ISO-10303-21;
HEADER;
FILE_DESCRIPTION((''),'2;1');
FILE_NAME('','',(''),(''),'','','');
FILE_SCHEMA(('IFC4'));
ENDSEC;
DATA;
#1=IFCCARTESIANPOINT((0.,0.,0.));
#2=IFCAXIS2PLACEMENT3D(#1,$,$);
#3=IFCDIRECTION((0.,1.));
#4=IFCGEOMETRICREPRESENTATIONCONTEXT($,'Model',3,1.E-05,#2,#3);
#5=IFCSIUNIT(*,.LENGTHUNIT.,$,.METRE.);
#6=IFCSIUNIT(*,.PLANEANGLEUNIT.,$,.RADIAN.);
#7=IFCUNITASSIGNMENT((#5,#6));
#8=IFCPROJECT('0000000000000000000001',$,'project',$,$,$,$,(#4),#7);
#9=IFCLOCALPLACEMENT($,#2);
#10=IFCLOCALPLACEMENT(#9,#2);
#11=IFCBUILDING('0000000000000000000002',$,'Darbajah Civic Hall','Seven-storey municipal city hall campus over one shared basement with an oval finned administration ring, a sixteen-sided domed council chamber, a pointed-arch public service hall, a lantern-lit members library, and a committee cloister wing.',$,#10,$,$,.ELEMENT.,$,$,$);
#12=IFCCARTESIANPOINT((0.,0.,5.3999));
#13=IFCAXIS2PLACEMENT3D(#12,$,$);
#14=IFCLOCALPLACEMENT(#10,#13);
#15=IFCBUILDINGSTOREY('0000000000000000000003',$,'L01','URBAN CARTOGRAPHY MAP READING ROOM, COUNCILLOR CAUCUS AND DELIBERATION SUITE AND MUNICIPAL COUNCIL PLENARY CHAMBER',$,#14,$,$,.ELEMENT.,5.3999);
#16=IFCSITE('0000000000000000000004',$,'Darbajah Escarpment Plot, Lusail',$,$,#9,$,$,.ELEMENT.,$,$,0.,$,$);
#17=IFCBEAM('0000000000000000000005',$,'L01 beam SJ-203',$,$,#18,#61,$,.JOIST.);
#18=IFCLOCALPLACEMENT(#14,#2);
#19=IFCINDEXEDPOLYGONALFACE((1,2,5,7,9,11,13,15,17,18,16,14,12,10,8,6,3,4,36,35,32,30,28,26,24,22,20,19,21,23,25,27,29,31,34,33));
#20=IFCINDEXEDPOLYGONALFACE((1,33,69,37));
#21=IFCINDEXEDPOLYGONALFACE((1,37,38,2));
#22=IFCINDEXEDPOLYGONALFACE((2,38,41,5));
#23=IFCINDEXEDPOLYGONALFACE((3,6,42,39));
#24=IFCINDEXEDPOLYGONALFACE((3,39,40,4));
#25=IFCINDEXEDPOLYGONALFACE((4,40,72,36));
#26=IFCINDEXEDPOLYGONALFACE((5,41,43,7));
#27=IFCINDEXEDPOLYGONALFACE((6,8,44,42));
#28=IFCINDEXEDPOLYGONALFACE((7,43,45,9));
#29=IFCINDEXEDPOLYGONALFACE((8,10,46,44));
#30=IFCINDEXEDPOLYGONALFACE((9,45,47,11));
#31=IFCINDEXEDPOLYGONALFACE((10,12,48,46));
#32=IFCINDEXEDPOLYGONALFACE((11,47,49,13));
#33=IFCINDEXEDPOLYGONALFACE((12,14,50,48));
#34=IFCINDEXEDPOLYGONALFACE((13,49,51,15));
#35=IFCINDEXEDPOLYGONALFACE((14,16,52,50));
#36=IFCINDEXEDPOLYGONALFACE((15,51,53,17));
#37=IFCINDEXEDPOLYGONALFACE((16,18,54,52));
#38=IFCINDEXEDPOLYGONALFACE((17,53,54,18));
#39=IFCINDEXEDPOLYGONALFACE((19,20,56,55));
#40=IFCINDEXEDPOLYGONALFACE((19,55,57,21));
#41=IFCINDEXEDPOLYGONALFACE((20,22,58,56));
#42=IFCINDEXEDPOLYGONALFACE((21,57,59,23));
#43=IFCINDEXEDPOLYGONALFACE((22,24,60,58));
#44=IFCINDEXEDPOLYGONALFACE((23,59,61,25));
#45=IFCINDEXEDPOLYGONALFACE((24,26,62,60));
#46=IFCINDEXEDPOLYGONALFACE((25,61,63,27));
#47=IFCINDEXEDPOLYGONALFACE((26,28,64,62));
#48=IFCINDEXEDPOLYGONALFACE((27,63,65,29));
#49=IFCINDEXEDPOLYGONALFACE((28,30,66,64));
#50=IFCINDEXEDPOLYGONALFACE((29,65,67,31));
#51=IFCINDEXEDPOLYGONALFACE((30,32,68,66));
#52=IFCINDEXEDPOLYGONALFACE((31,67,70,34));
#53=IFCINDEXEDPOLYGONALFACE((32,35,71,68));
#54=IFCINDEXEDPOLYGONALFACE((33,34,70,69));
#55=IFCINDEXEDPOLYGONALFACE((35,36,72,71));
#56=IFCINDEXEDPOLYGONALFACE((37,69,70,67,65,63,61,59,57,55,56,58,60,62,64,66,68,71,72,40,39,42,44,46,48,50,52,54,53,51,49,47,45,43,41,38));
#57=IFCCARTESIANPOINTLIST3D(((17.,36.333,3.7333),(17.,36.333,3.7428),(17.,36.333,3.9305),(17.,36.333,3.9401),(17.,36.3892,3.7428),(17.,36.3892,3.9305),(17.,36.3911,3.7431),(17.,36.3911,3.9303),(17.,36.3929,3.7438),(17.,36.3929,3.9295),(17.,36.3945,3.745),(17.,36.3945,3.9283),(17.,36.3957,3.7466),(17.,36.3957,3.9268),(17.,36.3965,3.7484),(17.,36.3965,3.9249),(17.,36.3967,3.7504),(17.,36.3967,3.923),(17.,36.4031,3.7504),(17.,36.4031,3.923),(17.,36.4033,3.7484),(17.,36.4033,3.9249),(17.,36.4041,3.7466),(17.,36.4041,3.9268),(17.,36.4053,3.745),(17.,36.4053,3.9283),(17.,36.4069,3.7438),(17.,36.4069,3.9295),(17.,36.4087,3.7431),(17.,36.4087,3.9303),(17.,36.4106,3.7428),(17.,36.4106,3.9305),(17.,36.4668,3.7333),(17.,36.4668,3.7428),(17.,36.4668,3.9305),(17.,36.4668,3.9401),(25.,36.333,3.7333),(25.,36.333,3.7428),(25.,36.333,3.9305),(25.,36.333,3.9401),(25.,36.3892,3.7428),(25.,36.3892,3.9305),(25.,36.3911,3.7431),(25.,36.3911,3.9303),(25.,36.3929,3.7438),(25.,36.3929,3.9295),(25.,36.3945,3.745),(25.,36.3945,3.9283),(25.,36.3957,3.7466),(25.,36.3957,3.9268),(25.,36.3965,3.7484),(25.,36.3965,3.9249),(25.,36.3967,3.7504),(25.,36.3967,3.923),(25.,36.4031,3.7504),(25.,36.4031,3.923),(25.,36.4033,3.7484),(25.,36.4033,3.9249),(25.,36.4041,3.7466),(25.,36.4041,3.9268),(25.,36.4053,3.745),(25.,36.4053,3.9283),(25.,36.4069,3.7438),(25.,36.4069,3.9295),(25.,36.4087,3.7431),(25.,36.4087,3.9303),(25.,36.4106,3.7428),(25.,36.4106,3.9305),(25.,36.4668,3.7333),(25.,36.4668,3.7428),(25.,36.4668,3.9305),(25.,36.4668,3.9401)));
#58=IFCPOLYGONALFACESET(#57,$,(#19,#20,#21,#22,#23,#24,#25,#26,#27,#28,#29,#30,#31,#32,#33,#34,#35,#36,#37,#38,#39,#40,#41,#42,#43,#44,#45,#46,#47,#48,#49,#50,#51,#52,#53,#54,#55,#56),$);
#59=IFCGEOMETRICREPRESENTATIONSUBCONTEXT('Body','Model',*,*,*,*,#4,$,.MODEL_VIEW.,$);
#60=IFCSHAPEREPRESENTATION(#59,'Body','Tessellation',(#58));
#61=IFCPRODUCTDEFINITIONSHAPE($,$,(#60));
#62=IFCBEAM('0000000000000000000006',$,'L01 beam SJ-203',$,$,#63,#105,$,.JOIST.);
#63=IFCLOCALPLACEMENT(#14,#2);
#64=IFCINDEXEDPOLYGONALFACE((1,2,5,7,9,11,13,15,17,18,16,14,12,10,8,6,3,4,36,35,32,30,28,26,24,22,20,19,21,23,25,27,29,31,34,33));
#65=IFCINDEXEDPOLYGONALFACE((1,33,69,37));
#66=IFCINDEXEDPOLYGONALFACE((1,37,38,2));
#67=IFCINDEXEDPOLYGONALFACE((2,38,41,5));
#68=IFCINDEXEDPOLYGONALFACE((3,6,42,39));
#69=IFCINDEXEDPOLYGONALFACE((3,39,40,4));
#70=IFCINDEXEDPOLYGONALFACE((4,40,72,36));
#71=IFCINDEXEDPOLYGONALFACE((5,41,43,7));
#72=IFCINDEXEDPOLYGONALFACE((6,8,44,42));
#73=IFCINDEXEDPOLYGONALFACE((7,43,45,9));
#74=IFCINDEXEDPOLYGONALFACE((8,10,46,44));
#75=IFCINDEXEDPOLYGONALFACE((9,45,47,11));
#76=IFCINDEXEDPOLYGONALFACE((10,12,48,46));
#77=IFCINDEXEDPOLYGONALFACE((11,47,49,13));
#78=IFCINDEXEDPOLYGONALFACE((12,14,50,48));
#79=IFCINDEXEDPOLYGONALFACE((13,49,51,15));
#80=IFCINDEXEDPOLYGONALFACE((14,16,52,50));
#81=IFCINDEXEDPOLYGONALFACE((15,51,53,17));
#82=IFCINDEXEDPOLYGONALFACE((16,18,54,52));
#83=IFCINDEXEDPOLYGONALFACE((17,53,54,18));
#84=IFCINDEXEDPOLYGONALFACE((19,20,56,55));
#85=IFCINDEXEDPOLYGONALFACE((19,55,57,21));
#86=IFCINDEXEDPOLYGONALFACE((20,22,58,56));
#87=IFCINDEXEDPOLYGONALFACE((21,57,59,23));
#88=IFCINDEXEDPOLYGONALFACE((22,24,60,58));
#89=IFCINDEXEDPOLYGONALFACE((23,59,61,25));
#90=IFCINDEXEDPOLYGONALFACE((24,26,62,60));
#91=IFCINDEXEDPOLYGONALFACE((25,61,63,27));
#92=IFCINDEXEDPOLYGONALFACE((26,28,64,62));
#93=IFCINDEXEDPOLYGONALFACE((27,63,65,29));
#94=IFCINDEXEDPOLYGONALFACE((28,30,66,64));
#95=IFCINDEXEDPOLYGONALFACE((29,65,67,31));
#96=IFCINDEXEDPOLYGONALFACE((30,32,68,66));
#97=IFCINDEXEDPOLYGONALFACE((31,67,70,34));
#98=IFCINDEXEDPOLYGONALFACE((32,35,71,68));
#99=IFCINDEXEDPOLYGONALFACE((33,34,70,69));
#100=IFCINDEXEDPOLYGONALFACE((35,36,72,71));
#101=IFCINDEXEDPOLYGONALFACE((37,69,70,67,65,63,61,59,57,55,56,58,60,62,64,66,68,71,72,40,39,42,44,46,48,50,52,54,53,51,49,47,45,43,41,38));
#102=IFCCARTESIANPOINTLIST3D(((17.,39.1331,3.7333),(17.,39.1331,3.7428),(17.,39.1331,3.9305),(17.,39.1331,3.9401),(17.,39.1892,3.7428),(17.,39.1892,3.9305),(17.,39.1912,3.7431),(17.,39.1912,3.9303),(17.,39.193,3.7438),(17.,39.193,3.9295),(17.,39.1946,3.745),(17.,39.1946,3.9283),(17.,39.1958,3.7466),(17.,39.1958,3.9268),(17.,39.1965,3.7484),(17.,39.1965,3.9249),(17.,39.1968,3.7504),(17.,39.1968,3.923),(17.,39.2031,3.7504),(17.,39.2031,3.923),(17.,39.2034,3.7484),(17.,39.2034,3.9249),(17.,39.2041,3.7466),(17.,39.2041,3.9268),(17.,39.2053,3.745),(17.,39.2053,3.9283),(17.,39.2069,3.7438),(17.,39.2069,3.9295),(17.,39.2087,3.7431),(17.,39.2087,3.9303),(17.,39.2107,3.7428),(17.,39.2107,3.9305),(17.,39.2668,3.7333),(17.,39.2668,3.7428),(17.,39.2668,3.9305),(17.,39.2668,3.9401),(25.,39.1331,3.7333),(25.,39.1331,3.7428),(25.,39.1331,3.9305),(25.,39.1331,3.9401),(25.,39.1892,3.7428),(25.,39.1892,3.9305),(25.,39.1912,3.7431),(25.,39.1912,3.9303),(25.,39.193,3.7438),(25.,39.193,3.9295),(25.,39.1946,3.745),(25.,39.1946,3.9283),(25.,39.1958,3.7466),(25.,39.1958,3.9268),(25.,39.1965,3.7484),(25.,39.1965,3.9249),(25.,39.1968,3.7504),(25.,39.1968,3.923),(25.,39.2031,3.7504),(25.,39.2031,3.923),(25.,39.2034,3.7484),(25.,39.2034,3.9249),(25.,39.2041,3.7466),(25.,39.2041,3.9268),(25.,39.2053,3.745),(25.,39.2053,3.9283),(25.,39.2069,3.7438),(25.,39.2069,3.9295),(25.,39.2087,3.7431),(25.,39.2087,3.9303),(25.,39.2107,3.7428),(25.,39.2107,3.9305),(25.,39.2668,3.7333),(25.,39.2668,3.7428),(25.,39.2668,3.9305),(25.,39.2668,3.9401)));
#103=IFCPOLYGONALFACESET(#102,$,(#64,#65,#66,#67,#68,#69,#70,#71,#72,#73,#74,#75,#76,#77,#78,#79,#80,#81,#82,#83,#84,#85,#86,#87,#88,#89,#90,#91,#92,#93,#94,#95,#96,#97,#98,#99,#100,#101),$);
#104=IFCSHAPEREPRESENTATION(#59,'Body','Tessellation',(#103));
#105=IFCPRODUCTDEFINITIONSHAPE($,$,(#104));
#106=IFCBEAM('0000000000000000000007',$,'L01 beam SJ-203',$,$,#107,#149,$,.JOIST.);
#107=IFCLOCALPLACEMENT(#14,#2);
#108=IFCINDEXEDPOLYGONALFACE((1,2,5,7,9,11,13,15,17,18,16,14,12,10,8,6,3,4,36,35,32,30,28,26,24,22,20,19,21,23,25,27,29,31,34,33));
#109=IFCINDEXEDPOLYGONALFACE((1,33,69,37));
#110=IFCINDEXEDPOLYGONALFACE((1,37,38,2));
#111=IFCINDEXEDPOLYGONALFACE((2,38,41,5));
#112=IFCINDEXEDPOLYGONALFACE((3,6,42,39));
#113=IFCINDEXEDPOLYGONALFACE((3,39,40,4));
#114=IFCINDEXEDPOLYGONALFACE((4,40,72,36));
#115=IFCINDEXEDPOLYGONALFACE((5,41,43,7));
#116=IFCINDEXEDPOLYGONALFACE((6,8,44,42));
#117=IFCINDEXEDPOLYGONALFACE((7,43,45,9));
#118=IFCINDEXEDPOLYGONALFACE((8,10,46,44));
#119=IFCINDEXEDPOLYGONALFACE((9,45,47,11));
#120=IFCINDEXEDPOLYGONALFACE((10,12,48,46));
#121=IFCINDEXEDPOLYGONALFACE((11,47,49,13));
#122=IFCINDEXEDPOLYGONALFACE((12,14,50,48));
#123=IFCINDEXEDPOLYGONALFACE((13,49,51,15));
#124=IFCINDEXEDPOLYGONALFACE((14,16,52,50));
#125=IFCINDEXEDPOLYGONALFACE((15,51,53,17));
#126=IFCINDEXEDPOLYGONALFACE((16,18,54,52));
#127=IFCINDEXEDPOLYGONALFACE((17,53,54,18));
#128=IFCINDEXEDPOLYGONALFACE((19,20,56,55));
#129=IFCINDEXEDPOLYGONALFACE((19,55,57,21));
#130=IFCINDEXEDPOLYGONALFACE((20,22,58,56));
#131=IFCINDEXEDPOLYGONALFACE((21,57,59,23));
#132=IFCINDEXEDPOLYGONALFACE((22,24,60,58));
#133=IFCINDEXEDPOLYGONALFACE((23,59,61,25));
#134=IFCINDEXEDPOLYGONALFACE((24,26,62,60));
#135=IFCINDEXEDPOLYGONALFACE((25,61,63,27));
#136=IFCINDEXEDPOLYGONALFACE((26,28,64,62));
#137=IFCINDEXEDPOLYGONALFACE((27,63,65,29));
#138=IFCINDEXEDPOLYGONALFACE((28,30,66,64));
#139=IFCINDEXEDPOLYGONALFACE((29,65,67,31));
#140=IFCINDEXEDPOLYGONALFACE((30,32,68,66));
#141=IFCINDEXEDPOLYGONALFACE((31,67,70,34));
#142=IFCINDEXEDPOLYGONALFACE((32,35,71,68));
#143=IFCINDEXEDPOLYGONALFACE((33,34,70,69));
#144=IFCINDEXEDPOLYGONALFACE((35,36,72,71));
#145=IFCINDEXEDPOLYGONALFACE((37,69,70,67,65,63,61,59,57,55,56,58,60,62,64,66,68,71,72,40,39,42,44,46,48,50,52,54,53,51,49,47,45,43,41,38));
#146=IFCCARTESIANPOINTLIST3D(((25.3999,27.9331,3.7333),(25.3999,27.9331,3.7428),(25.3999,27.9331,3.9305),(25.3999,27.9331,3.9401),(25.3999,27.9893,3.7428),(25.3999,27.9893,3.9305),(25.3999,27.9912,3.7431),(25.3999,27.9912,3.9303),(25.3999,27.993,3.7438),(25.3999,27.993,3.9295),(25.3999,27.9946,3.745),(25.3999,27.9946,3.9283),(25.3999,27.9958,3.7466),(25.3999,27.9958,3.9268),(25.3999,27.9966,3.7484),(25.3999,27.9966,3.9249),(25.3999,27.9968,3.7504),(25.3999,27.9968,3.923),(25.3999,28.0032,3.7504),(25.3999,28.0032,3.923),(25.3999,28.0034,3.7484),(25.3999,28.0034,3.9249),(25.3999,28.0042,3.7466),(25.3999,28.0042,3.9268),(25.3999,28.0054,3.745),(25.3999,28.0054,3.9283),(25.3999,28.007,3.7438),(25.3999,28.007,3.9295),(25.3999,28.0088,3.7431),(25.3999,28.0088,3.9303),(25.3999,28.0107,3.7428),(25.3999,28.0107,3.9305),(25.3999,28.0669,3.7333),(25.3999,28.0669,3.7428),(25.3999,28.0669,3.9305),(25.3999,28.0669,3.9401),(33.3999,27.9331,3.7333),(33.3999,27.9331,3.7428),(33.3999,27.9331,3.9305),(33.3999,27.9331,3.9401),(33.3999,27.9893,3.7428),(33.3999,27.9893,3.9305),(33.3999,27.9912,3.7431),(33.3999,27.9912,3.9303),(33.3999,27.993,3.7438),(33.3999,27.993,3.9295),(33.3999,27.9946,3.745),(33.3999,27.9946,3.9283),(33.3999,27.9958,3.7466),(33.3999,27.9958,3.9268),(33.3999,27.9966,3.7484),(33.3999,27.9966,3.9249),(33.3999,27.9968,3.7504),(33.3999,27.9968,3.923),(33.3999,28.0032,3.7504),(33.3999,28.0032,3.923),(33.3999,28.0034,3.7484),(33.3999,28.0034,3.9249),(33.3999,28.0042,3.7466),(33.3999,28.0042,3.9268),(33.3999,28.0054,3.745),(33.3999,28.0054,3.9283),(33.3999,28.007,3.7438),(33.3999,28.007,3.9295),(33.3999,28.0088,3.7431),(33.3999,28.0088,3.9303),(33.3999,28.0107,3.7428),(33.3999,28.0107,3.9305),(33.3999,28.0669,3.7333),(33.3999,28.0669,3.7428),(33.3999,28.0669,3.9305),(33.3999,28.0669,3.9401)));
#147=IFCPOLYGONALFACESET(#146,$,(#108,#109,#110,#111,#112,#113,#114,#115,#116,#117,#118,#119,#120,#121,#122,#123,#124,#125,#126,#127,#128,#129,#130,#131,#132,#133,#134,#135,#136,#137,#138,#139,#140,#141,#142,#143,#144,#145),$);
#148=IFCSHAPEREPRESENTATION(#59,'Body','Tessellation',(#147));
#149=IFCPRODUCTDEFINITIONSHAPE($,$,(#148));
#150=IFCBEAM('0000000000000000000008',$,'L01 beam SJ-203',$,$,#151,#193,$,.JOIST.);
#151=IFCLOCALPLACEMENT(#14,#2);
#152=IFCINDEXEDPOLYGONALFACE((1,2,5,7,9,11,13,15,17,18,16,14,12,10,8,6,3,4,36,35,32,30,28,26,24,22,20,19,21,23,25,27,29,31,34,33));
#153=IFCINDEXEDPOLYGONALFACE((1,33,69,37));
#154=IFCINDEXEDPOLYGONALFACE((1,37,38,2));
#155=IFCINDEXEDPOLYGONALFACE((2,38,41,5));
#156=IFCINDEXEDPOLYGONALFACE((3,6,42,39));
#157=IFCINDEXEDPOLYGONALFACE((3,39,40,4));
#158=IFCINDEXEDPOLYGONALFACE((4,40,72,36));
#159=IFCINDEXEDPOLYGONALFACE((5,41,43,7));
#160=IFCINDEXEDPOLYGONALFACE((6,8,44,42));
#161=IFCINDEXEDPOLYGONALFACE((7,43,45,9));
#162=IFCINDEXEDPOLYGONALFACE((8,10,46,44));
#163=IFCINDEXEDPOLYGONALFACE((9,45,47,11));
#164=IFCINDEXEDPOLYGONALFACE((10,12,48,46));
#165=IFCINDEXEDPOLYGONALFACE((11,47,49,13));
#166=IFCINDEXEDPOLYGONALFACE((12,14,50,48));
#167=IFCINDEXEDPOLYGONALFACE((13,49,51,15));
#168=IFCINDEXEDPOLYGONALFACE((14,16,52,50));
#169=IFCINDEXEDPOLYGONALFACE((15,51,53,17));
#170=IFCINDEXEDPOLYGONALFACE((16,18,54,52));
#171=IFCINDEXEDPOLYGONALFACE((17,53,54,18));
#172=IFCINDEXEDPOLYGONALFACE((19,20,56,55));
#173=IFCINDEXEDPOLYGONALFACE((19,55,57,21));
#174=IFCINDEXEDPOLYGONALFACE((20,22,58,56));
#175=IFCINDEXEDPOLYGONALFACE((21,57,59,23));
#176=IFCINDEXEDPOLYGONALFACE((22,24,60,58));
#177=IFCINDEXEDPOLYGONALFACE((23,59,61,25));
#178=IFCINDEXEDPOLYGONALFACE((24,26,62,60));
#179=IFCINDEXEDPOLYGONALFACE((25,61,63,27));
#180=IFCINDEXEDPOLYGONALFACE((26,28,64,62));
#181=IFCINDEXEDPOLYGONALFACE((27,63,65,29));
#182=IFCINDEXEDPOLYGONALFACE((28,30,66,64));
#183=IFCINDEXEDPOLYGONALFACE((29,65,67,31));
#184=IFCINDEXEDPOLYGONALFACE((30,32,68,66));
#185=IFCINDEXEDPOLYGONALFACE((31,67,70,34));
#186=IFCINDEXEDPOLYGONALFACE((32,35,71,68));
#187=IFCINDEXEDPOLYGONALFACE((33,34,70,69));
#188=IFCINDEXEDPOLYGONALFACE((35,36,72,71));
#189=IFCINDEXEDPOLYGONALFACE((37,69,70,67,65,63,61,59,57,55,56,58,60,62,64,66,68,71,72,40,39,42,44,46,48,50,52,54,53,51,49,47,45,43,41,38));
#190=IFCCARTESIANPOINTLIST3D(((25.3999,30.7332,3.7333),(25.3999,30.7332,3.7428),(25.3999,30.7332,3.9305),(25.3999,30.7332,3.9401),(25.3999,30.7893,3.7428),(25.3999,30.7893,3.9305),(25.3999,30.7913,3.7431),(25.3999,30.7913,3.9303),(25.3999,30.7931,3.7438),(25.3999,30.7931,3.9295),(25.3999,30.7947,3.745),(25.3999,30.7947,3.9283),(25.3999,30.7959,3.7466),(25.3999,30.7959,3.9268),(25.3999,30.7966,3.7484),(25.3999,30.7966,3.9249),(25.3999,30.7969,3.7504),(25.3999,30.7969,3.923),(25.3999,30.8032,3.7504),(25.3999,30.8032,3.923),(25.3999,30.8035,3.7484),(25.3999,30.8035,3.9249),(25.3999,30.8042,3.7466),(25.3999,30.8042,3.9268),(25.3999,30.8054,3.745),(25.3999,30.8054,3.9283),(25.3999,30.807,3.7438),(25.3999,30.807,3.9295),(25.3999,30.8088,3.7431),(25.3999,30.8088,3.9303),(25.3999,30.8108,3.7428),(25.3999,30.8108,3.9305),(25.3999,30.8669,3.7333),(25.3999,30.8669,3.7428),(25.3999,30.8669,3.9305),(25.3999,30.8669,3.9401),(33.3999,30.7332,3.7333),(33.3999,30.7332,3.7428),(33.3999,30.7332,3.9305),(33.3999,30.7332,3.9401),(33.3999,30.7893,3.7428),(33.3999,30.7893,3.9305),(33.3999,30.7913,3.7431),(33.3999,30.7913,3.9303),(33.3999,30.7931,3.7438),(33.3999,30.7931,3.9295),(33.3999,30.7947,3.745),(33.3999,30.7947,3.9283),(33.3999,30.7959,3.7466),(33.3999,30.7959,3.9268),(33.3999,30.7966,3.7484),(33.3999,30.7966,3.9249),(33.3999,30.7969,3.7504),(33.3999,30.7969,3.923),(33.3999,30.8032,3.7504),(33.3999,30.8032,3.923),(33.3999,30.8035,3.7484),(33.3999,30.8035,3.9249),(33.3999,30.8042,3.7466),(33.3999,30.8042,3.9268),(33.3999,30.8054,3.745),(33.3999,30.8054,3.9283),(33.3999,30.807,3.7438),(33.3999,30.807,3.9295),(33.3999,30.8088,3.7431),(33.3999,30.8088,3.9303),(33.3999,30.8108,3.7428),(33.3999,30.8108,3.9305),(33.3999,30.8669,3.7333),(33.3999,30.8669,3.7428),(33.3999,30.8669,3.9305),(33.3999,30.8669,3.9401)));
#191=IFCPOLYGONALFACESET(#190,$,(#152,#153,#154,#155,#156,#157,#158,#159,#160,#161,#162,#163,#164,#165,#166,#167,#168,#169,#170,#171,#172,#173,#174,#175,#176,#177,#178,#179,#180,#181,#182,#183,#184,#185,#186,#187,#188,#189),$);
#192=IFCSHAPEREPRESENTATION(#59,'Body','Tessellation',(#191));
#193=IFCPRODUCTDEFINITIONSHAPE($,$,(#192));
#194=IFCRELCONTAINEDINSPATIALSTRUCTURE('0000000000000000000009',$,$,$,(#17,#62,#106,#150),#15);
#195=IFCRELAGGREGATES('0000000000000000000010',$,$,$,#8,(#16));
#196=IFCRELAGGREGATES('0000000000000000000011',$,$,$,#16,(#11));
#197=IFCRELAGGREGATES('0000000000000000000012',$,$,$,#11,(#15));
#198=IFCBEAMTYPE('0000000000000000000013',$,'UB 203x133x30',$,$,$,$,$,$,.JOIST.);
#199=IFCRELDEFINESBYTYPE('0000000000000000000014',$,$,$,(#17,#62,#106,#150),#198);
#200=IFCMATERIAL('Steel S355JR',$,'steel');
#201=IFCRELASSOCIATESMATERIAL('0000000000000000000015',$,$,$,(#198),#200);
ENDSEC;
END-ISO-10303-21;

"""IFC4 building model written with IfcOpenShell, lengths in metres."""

from ifc_helpers import new_model, si_unit, direction, frame, origin, origin_2d, place, context, subcontext, project, spatial, i_section, extrude, material, material_profile, profile_set, type_object, element, save


model = new_model("IFC4")

# Units and contexts
model_context = context("Model", 3, precision=1e-05, world=origin(), true_north=direction((0.0, 1.0)))
body_context = subcontext(model_context, "Body", "Model", "MODEL_VIEW")
ifc_project = project(units=[si_unit("LENGTHUNIT", "METRE"), si_unit("PLANEANGLEUNIT", "RADIAN")], contexts=[model_context])

# Site, building, storey
site_placement = place(None, origin())
site = spatial("IfcSite", under=ifc_project, at=site_placement, Name="Darbajah Escarpment Plot, Lusail", CompositionType="ELEMENT", RefElevation=0.0)
building_placement = place(site_placement, origin())
building = spatial("IfcBuilding", under=site, at=building_placement, Name="Darbajah Civic Hall", Description="Seven-storey municipal city hall campus over one shared basement with an oval finned administration ring, a sixteen-sided domed council chamber, a pointed-arch public service hall, a lantern-lit members library, and a committee cloister wing.", CompositionType="ELEMENT")
storey_placement = place(building_placement, frame((0.0, 0.0, 5.3999)))
storey = spatial("IfcBuildingStorey", under=building, at=storey_placement, Name="L01", Description="URBAN CARTOGRAPHY MAP READING ROOM, COUNCILLOR CAUCUS AND DELIBERATION SUITE AND MUNICIPAL COUNCIL PLENARY CHAMBER", CompositionType="ELEMENT", Elevation=5.3999)

# Beams
ifc_material_1 = material(Name="Steel S355JR", Category="steel")
ifc_material_profile_1 = material_profile(ifc_material_1, i_section(OverallWidth=0.1338, OverallDepth=0.2068, WebThickness=0.0063, FlangeThickness=0.0095, FilletRadius=0.0076, at=origin_2d()), Name="UB 203x133x30")
ifc_profile_set_1 = profile_set([ifc_material_profile_1], Name="Steel S355JR")
beam_type_1 = type_object("IfcBeamType", Name="UB 203x133x30", PredefinedType="JOIST", material=ifc_profile_set_1)
for number, where, z_axis, x_axis, name in (
    (1, (17.0, 36.3999, 3.8367), (1.0, 0.0, 0.0), (0.0, 1.0, 0.0), "L01 beam SJ-203"),
    (2, (17.0, 39.2, 3.8367), (1.0, 0.0, 0.0), (0.0, 1.0, 0.0), "L01 beam SJ-203"),
    (3, (25.3999, 28.0, 3.8367), (1.0, 0.0, 0.0), (0.0, 1.0, 0.0), "L01 beam SJ-203"),
    (4, (25.3999, 30.8, 3.8367), (1.0, 0.0, 0.0), (0.0, 1.0, 0.0), "L01 beam SJ-203"),
):
    element("IfcBeam", number, at=place(storey_placement, frame(where, z_axis=z_axis, x_axis=x_axis)), inside=storey, type_object=beam_type_1, Name=name, PredefinedType="JOIST", context=body_context, shape_type="SweptSolid", body=[
        extrude(i_section(OverallWidth=0.1338, OverallDepth=0.2068, WebThickness=0.0063, FlangeThickness=0.0095, FilletRadius=0.0076, at=origin_2d()), origin(), (0.0, 0.0, 1.0), 8.0),
    ])

save(model, "model.ifc")
